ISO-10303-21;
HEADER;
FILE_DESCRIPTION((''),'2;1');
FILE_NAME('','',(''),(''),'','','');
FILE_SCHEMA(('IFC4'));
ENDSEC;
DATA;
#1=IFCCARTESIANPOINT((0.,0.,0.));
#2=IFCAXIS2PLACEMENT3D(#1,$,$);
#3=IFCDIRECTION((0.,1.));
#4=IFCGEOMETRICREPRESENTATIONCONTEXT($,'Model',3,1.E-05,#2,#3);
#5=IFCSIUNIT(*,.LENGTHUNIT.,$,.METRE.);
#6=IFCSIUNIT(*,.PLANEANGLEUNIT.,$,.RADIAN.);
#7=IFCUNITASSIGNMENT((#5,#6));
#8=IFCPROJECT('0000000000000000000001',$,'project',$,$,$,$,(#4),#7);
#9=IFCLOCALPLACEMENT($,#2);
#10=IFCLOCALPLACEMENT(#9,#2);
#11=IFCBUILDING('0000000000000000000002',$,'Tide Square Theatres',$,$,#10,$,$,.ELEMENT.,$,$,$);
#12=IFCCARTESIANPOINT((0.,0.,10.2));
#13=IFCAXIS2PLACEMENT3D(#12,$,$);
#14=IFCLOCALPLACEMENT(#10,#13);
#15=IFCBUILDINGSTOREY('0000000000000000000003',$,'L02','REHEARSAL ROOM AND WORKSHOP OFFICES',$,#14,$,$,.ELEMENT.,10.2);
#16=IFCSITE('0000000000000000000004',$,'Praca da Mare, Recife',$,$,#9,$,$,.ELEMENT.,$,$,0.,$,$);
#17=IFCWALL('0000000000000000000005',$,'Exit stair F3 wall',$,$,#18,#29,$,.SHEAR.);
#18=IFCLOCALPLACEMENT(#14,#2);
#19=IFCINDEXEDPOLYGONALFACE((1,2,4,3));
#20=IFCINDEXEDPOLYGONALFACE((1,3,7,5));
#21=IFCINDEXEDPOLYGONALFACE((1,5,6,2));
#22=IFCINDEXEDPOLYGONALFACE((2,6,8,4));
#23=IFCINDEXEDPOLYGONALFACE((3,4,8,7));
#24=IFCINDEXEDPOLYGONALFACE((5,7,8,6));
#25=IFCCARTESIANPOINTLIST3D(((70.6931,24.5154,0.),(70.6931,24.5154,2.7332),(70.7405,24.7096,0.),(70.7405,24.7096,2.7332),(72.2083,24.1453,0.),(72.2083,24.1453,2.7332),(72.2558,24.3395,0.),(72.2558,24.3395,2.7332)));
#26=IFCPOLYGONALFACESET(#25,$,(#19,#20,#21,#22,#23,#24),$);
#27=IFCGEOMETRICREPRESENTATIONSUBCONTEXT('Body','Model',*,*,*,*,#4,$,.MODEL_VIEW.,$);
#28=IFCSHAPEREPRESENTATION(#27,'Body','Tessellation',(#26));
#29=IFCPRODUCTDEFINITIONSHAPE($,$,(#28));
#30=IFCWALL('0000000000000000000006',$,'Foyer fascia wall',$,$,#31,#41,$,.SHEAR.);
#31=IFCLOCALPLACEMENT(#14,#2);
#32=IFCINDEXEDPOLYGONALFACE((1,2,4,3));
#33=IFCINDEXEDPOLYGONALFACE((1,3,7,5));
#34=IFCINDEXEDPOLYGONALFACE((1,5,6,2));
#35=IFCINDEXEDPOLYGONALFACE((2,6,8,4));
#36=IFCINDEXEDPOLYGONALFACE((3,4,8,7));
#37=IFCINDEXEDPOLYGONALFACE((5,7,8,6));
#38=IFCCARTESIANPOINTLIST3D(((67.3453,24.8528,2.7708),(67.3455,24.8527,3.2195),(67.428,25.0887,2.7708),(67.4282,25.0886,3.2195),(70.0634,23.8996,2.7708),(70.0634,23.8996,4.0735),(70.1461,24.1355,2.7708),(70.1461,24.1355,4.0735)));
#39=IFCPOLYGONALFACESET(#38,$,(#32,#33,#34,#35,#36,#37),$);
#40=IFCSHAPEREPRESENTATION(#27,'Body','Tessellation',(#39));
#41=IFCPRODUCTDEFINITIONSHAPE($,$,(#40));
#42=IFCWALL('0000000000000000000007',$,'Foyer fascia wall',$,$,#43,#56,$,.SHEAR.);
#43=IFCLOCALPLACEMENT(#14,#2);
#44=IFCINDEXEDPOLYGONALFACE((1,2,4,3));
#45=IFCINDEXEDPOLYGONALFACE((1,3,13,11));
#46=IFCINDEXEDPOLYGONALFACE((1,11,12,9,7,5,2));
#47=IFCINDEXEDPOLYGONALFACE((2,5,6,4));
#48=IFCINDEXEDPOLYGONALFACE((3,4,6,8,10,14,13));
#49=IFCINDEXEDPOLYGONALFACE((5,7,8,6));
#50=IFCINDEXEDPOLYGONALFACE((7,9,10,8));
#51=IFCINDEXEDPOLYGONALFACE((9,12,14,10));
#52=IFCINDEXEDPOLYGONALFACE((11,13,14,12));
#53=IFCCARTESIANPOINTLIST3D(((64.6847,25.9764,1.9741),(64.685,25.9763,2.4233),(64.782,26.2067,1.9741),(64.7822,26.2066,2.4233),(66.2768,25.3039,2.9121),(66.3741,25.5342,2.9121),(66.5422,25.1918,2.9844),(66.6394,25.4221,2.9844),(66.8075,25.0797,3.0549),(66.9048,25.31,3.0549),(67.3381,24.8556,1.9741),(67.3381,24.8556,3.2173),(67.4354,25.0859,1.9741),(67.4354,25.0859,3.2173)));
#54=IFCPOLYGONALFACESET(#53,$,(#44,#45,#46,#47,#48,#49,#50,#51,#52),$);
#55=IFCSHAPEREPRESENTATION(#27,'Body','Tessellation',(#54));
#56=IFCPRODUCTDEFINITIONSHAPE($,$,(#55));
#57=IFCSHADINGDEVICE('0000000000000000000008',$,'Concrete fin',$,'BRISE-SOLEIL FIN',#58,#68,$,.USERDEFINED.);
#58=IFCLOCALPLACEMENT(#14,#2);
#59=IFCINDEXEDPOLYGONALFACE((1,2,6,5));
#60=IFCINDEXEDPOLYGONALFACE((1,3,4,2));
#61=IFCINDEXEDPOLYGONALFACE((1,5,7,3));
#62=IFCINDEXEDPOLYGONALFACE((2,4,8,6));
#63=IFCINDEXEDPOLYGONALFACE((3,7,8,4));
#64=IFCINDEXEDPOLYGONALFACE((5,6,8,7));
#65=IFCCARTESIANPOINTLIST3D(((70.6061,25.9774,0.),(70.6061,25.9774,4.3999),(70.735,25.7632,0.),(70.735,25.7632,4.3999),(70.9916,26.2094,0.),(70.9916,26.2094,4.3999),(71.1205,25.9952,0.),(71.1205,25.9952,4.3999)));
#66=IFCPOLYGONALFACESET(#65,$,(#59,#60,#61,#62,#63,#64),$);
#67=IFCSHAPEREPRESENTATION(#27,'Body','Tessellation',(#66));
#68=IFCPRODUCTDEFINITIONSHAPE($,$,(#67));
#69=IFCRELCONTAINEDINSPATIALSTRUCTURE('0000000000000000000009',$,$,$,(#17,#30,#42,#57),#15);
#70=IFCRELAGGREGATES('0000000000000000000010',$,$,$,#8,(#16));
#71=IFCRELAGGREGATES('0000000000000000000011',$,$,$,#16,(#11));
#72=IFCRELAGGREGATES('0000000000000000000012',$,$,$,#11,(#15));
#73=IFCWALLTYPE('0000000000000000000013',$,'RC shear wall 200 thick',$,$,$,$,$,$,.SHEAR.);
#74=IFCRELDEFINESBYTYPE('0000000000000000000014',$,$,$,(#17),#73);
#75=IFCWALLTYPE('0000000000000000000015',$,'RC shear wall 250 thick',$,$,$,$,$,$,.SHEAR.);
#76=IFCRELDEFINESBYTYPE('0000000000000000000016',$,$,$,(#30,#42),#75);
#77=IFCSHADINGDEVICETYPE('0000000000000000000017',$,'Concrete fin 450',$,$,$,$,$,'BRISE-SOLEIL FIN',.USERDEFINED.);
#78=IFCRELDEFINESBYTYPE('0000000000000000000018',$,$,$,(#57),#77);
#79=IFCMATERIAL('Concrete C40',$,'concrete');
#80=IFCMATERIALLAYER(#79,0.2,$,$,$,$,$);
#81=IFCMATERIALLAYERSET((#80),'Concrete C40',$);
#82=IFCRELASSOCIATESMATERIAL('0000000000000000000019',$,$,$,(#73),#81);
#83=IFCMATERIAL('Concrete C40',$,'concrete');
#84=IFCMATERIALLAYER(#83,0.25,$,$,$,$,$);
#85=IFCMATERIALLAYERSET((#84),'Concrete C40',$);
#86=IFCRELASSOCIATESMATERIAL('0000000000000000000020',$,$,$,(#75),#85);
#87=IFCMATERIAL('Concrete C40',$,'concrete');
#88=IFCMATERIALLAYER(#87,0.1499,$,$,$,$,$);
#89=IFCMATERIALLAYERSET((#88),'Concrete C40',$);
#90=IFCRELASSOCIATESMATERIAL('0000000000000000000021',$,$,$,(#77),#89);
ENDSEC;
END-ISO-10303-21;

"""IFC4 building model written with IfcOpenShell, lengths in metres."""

from ifc_helpers import new_model, si_unit, direction, frame, frame_2d, origin, origin_2d, place, context, subcontext, project, spatial, polyline, rectangle, outline, extrude, material, layer, layer_set, type_object, element, save


model = new_model("IFC4")

# Units and contexts
model_context = context("Model", 3, precision=1e-05, world=origin(), true_north=direction((0.0, 1.0)))
body_context = subcontext(model_context, "Body", "Model", "MODEL_VIEW")
ifc_project = project(units=[si_unit("LENGTHUNIT", "METRE"), si_unit("PLANEANGLEUNIT", "RADIAN")], contexts=[model_context])

# Site, building, storey
site_placement = place(None, origin())
site = spatial("IfcSite", under=ifc_project, at=site_placement, Name="Praca da Mare, Recife", CompositionType="ELEMENT", RefElevation=0.0)
building_placement = place(site_placement, origin())
building = spatial("IfcBuilding", under=site, at=building_placement, Name="Tide Square Theatres", CompositionType="ELEMENT")
storey_placement = place(building_placement, frame((0.0, 0.0, 10.2)))
storey = spatial("IfcBuildingStorey", under=building, at=storey_placement, Name="L02", Description="REHEARSAL ROOM AND WORKSHOP OFFICES", CompositionType="ELEMENT", Elevation=10.2)

# Walls
ifc_material_1 = material(Name="Concrete C40", Category="concrete")
ifc_layer_1 = layer(ifc_material_1, 0.2)
ifc_layer_set_1 = layer_set([ifc_layer_1], Name="Concrete C40")
wall_type_1 = type_object("IfcWallType", Name="RC shear wall 200 thick", PredefinedType="SHEAR", material=ifc_layer_set_1)
wall_1_placement = place(storey_placement, frame((72.2319, 24.2424, 0.0), z_axis=(0.0, 0.0, 1.0), x_axis=(-0.971445, 0.237266, 0.0)))
element("IfcWall", 1, at=wall_1_placement, inside=storey, type_object=wall_type_1, Name="Exit stair F3 wall", PredefinedType="SHEAR", context=body_context, shape_type="SweptSolid", body=[
    extrude(rectangle(XDim=1.5598, YDim=0.2, at=frame_2d((0.7798, 0.0))), origin(), (0.0, 0.0, 1.0), 2.7332),
])
ifc_material_2 = material(Name="Concrete C40", Category="concrete")
ifc_layer_2 = layer(ifc_material_2, 0.25)
ifc_layer_set_2 = layer_set([ifc_layer_2], Name="Concrete C40")
wall_type_2 = type_object("IfcWallType", Name="RC shear wall 250 thick", PredefinedType="SHEAR", material=ifc_layer_set_2)
wall_2_placement = place(storey_placement, frame((70.1047, 24.0176, 2.7708), z_axis=(0.0, 0.0, 1.0), x_axis=(-0.943661, 0.330913, 0.0)))
element("IfcWall", 2, at=wall_2_placement, inside=storey, type_object=wall_type_2, Name="Foyer fascia wall", PredefinedType="SHEAR", context=body_context, shape_type="SweptSolid", body=[
    extrude(outline(polyline([(0.0, 0.0), (2.8804, 0.0), (2.8801, 0.4487), (0.0, 1.3027), (0.0, 0.0)])), frame((0.0, 0.125, 0.0), z_axis=(0.0, -1.0, 0.0), x_axis=(1.0, 0.0, 0.0)), (0.0, 0.0, 1.0), 0.25),
])
wall_3_placement = place(storey_placement, frame((67.3867, 24.9707, 1.9741), z_axis=(0.0, 0.0, 1.0), x_axis=(-0.92118, 0.389137, 0.0)))
element("IfcWall", 3, at=wall_3_placement, inside=storey, type_object=wall_type_2, Name="Foyer fascia wall", PredefinedType="SHEAR", context=body_context, shape_type="SweptSolid", body=[
    extrude(outline(polyline([(0.0, 0.0), (2.8804, 0.0), (2.8801, 0.4492), (1.1521, 0.938), (0.864, 1.0103), (0.5759, 1.0808), (0.0, 1.2432), (0.0, 0.0)])), frame((0.0, 0.125, 0.0), z_axis=(0.0, -1.0, 0.0), x_axis=(1.0, 0.0, 0.0)), (0.0, 0.0, 1.0), 0.25),
])

# Shading device
ifc_material_3 = material(Name="Concrete C40", Category="concrete")
ifc_layer_3 = layer(ifc_material_3, 0.1499)
ifc_layer_set_3 = layer_set([ifc_layer_3], Name="Concrete C40")
shading_device_type = type_object("IfcShadingDeviceType", Name="Concrete fin 450", ElementType="BRISE-SOLEIL FIN", PredefinedType="USERDEFINED", material=ifc_layer_set_3)
shading_device_placement = place(storey_placement, frame((70.8633, 25.9863, 0.0), z_axis=(0.0, 0.0, 1.0), x_axis=(0.515681, -0.856781, 0.0)))
element("IfcShadingDevice", 4, at=shading_device_placement, inside=storey, type_object=shading_device_type, Name="Concrete fin", ObjectType="BRISE-SOLEIL FIN", PredefinedType="USERDEFINED", context=body_context, shape_type="SweptSolid", body=[
    extrude(rectangle(XDim=0.25, YDim=0.45, at=origin_2d()), origin(), (0.0, 0.0, 1.0), 4.3999),
])

save(model, "model.ifc")
